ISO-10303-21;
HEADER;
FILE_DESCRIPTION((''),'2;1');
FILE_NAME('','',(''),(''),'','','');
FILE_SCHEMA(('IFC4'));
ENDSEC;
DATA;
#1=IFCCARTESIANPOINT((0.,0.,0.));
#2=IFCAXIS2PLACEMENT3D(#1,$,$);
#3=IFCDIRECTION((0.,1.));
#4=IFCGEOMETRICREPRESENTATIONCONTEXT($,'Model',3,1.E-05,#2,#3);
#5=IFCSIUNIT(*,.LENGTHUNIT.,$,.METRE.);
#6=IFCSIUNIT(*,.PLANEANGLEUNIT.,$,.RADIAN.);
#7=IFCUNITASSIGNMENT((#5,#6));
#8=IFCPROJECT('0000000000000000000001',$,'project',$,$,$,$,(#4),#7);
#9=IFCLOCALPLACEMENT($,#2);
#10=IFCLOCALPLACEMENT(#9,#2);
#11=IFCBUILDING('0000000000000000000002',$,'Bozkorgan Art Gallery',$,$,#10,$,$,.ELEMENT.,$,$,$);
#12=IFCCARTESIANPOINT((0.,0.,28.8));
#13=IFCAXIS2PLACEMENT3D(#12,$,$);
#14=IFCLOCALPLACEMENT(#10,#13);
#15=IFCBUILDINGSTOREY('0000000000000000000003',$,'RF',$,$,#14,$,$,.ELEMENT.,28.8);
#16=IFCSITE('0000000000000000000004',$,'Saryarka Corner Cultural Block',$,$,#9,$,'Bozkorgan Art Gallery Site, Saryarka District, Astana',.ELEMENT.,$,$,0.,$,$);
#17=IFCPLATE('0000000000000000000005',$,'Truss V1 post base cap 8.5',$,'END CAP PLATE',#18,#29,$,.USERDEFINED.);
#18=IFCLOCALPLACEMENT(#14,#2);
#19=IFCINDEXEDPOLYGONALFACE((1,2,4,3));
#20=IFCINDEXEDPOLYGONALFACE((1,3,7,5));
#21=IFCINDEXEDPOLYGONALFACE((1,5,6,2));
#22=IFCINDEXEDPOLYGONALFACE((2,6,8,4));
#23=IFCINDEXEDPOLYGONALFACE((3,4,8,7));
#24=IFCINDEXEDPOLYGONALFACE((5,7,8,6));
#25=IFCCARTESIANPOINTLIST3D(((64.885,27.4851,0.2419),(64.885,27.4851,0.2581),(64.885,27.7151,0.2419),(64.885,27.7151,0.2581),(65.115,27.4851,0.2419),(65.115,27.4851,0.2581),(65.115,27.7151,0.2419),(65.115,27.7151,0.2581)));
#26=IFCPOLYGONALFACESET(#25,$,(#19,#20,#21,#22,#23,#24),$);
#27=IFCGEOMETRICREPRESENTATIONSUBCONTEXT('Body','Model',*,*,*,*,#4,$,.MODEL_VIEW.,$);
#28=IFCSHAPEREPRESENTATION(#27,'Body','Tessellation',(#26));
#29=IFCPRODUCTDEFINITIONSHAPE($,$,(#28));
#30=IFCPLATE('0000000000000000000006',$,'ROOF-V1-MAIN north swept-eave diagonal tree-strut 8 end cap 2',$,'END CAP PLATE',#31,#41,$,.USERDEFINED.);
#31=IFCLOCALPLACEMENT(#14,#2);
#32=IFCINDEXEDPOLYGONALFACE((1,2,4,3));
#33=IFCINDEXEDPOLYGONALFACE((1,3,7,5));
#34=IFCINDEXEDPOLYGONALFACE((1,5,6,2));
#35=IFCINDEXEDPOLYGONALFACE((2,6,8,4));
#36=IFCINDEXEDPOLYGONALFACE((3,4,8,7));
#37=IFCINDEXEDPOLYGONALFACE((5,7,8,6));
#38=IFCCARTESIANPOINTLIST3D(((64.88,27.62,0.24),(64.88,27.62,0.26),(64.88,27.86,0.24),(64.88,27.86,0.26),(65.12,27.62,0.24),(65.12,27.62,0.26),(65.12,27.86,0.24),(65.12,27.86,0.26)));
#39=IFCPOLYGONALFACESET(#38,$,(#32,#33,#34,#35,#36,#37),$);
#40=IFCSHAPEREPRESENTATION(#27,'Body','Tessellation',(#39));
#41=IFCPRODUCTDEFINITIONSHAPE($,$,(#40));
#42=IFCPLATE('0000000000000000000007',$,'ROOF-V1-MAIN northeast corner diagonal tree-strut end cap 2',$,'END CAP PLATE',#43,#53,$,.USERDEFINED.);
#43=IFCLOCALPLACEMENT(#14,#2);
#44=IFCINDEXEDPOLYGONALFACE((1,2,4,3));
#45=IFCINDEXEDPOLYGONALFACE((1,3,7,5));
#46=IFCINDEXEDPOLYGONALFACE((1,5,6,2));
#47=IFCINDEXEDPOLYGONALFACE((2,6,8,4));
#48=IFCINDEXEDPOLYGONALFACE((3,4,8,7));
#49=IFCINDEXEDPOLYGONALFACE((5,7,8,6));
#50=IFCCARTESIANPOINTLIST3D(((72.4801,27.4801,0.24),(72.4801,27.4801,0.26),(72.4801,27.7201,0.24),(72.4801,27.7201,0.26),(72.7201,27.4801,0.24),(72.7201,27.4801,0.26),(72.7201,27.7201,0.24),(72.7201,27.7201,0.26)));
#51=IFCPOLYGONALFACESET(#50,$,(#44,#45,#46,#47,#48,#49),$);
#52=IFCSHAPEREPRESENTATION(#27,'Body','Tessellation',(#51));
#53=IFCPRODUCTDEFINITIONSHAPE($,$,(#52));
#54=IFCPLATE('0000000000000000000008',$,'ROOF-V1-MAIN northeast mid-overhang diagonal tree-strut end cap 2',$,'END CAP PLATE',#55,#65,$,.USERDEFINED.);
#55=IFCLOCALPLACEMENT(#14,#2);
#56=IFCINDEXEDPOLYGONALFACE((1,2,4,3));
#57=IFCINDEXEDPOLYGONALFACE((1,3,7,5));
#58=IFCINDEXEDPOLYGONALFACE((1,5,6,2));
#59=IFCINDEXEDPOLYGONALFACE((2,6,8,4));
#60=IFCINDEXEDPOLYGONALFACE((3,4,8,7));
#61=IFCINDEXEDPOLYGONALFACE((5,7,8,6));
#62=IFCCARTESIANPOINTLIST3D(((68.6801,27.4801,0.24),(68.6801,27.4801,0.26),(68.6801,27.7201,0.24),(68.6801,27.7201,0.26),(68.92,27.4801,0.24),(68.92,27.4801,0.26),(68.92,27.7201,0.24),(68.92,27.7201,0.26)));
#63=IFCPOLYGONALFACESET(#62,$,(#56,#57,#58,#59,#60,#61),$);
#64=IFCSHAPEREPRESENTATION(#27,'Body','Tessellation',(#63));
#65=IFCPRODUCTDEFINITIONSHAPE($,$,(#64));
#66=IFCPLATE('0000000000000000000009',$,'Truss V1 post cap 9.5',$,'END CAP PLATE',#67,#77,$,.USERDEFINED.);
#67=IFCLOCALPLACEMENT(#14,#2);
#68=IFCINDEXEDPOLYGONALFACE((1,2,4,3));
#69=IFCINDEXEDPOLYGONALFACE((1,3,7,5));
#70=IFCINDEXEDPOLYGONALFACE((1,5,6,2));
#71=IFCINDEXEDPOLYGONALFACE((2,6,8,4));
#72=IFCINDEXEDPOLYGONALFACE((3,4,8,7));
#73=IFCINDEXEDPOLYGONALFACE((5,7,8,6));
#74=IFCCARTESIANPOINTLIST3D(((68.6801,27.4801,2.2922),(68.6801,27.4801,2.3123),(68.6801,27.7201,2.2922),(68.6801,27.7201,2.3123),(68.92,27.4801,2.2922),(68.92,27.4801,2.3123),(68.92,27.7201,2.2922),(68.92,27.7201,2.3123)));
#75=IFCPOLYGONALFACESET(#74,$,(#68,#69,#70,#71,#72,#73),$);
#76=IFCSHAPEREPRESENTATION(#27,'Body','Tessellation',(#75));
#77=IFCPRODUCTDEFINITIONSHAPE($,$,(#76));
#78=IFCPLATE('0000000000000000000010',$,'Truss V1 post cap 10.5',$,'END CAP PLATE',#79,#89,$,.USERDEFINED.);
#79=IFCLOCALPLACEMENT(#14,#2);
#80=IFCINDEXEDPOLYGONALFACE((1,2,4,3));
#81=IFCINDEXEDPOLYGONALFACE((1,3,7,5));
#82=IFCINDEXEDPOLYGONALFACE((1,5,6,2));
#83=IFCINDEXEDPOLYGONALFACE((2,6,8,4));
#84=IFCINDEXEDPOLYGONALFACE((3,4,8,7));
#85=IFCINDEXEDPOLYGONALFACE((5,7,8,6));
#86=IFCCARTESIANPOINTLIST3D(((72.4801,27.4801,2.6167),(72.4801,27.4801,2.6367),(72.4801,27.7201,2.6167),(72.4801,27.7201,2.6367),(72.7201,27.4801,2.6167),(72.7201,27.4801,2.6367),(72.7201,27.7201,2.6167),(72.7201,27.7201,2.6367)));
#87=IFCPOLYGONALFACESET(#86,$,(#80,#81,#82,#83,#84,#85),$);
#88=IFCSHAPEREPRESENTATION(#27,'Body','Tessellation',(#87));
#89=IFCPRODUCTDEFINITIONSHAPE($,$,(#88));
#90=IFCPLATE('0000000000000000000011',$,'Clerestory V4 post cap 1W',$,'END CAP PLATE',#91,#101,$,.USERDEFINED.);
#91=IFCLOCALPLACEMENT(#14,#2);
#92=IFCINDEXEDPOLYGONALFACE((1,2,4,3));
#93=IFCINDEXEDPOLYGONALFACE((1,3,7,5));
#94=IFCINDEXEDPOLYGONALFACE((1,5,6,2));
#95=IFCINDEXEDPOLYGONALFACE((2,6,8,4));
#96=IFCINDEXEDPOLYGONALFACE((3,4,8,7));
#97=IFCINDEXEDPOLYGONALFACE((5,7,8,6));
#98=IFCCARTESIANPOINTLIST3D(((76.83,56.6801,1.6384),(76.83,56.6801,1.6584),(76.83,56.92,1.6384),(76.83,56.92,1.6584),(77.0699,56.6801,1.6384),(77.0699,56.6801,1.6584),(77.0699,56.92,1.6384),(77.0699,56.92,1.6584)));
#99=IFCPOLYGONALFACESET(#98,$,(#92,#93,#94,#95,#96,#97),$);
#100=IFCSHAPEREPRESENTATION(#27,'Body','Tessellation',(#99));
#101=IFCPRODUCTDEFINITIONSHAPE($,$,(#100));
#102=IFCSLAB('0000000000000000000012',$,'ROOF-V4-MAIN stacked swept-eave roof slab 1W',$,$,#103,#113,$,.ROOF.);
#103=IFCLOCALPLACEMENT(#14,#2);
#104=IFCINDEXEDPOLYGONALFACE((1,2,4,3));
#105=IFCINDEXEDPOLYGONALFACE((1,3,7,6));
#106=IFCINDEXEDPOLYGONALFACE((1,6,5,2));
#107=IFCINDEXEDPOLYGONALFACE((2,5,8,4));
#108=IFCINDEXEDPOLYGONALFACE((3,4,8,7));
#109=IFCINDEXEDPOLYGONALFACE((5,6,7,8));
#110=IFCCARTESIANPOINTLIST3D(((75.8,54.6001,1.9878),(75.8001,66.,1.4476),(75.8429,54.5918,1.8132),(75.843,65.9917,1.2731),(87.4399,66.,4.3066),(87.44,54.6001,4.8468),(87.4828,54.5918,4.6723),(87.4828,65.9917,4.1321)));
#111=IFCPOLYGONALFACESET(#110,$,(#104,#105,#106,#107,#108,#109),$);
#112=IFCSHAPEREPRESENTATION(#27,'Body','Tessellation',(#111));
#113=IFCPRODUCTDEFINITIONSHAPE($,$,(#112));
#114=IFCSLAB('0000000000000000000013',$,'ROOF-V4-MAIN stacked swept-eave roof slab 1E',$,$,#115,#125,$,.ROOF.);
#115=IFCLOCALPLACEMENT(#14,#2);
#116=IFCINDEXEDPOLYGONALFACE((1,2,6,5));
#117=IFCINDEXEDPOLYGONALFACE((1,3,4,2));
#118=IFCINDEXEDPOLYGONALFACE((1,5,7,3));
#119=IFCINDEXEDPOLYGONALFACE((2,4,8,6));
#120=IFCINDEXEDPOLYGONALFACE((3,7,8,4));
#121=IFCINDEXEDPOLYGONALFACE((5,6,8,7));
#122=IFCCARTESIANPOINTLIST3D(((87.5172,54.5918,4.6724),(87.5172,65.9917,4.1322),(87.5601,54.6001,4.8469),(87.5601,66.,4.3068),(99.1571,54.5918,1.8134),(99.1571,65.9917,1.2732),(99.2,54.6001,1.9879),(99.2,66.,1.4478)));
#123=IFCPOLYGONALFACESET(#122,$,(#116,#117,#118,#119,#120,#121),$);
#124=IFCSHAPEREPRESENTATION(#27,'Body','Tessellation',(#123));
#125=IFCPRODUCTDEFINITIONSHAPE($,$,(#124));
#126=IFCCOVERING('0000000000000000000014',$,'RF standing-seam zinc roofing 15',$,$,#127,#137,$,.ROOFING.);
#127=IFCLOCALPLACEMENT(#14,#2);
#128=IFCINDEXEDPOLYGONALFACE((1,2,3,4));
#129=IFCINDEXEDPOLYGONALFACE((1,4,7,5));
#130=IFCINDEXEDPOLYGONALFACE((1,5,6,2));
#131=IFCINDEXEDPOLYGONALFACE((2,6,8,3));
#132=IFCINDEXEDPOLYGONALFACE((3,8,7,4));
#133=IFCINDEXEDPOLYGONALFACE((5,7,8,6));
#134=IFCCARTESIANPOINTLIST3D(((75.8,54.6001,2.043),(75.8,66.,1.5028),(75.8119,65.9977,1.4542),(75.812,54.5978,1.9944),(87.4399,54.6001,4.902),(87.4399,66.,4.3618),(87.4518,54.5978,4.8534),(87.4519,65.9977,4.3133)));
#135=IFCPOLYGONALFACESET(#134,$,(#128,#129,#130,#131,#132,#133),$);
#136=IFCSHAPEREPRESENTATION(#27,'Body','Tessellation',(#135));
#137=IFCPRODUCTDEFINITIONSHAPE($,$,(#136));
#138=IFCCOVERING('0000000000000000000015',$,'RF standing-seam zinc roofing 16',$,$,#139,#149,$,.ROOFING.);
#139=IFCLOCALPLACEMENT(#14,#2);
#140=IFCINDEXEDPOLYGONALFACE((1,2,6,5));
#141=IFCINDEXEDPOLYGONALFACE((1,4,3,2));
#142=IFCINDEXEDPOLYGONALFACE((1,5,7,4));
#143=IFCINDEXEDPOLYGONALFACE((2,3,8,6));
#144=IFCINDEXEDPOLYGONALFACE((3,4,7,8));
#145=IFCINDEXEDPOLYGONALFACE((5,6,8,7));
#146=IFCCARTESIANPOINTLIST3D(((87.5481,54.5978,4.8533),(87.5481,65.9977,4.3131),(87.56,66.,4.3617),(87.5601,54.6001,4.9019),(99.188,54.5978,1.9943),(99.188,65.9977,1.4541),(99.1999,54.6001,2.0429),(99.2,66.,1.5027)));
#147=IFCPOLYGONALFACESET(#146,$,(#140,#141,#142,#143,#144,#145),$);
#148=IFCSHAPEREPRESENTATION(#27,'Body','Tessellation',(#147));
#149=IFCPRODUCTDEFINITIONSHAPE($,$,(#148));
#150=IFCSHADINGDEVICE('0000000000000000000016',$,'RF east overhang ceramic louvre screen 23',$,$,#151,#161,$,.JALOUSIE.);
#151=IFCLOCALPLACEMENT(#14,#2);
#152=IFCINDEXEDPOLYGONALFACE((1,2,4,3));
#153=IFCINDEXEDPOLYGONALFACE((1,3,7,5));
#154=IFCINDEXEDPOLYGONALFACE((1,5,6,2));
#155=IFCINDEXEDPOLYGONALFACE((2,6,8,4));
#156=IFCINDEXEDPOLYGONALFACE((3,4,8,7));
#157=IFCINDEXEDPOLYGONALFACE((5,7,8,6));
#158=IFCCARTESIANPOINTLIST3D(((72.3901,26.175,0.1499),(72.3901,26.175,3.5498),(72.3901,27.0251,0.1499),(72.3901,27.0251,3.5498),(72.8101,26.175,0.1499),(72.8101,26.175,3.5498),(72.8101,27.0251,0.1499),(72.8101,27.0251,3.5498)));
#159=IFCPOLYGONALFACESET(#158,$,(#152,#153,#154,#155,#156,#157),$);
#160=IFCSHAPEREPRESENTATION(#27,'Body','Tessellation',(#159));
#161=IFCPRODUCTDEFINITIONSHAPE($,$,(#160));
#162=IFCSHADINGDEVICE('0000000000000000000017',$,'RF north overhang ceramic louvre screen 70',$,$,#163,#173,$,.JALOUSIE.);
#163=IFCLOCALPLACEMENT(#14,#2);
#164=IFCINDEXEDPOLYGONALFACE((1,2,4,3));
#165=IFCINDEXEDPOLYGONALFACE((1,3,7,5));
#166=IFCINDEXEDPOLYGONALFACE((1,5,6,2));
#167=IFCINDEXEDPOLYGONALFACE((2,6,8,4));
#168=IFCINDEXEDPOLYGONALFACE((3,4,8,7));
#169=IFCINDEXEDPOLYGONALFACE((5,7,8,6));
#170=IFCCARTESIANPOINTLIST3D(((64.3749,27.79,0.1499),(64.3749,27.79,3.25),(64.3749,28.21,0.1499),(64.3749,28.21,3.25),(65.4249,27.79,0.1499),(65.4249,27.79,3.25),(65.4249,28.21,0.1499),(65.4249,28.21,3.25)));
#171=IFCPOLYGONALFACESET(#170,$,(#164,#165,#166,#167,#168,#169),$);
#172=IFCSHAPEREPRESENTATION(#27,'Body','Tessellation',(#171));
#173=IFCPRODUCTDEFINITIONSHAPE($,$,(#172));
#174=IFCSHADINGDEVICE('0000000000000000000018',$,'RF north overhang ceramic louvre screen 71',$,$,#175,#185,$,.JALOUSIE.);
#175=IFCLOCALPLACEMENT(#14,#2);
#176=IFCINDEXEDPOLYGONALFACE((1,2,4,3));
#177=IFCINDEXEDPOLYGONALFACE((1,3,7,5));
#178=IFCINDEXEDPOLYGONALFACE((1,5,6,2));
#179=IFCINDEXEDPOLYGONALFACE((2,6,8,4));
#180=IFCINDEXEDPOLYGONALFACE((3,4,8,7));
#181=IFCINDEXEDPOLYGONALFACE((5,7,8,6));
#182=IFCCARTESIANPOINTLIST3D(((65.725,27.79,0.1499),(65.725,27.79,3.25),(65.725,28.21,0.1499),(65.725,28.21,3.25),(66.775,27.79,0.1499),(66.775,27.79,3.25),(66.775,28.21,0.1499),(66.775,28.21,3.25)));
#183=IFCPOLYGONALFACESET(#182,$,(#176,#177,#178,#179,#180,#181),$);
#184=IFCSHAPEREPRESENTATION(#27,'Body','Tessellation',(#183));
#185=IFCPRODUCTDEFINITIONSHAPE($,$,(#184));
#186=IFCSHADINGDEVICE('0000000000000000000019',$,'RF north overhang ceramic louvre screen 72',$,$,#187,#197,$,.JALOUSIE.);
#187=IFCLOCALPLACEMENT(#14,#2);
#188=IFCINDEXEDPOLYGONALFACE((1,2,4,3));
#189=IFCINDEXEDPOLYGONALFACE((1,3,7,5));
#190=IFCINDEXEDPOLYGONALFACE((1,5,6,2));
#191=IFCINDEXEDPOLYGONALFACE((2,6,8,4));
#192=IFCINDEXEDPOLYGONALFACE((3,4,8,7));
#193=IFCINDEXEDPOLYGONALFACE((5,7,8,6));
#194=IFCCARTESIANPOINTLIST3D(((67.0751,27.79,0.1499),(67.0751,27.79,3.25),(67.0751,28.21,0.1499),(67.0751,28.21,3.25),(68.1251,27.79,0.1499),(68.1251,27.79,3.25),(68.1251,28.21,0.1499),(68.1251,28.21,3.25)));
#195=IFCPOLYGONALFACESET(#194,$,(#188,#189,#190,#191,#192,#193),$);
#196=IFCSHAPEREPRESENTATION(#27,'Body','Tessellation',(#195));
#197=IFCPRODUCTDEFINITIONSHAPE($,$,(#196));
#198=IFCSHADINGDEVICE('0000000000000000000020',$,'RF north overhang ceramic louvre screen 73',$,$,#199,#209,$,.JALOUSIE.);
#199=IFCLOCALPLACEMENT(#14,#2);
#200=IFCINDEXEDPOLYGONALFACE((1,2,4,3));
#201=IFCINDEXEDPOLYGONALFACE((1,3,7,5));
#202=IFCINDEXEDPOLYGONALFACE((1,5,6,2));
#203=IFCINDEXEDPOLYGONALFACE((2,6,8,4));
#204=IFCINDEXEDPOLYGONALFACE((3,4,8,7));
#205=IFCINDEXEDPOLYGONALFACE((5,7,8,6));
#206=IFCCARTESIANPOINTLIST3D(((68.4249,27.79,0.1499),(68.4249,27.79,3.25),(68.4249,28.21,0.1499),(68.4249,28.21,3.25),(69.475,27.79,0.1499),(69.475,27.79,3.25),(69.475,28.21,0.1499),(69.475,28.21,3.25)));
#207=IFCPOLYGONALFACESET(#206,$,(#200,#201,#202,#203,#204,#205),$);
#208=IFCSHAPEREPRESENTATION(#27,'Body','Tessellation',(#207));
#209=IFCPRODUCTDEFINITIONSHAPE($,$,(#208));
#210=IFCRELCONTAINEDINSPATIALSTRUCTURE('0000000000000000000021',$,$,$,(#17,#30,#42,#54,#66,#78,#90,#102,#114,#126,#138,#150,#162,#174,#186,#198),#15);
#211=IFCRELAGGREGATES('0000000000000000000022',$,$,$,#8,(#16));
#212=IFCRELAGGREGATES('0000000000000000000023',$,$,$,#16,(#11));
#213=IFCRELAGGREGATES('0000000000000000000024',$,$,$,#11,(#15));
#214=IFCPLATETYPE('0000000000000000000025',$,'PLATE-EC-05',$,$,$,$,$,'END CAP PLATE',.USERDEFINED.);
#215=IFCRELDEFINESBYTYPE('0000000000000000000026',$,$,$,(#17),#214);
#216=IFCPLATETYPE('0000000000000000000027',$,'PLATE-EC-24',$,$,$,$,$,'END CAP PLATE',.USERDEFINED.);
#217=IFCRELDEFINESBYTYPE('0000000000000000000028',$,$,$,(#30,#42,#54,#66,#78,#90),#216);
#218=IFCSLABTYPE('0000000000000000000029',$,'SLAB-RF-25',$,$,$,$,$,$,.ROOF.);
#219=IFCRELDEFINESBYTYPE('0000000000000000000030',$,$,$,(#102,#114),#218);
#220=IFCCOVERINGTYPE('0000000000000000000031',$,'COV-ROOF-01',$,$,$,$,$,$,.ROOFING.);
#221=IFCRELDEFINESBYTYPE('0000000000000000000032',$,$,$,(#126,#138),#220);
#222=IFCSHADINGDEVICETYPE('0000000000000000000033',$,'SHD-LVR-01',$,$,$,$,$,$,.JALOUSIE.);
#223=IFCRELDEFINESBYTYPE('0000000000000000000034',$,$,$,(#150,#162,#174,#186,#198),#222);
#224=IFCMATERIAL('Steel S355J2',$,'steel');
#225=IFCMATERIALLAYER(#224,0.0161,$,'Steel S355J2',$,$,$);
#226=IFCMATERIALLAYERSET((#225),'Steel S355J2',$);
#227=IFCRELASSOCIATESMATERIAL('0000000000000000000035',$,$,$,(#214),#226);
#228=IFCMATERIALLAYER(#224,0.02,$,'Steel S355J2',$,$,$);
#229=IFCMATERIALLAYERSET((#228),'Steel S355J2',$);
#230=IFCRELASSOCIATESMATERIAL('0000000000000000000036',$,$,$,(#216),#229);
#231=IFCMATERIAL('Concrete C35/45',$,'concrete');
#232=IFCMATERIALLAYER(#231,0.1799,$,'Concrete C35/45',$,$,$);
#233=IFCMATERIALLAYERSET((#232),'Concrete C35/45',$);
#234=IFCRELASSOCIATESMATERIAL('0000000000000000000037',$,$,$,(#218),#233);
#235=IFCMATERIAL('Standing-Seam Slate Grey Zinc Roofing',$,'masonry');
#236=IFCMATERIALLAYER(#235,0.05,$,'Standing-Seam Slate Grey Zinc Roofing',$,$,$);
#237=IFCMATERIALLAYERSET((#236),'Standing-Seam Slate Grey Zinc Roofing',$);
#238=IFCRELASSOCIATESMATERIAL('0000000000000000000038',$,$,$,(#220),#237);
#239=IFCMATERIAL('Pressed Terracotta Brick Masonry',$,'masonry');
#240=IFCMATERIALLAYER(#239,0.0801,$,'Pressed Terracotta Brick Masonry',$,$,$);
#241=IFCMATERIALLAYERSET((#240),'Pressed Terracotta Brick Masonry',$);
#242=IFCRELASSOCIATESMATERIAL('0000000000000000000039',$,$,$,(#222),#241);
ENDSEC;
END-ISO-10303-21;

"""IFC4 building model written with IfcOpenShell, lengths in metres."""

from ifc_helpers import new_model, si_unit, direction, frame, origin, origin_2d, place, context, subcontext, project, spatial, polyline, rectangle, outline, extrude, material, layer, layer_set, type_object, element, save


model = new_model("IFC4")

# Units and contexts
model_context = context("Model", 3, precision=1e-05, world=origin(), true_north=direction((0.0, 1.0)))
body_context = subcontext(model_context, "Body", "Model", "MODEL_VIEW")
ifc_project = project(units=[si_unit("LENGTHUNIT", "METRE"), si_unit("PLANEANGLEUNIT", "RADIAN")], contexts=[model_context])

# Site, building, storey
site_placement = place(None, origin())
site = spatial("IfcSite", under=ifc_project, at=site_placement, Name="Saryarka Corner Cultural Block", LongName="Bozkorgan Art Gallery Site, Saryarka District, Astana", CompositionType="ELEMENT", RefElevation=0.0)
building_placement = place(site_placement, origin())
building = spatial("IfcBuilding", under=site, at=building_placement, Name="Bozkorgan Art Gallery", CompositionType="ELEMENT")
storey_placement = place(building_placement, frame((0.0, 0.0, 28.8)))
storey = spatial("IfcBuildingStorey", under=building, at=storey_placement, Name="RF", CompositionType="ELEMENT", Elevation=28.8)

# Shared definitions
ifc_material_1 = material(Name="Steel S355J2", Category="steel")

# Plates
ifc_layer_1 = layer(ifc_material_1, 0.0161, Name="Steel S355J2")
ifc_layer_set_1 = layer_set([ifc_layer_1], Name="Steel S355J2")
plate_type_1 = type_object("IfcPlateType", Name="PLATE-EC-05", ElementType="END CAP PLATE", PredefinedType="USERDEFINED", material=ifc_layer_set_1)
for number, where, z_axis, x_axis, name in (
    (1, (65.0, 27.6001, 0.2419), (0.0, 0.0, 1.0), (1.0, 0.0, 0.0), "Truss V1 post base cap 8.5"),
):
    element("IfcPlate", number, at=place(storey_placement, frame(where, z_axis=z_axis, x_axis=x_axis)), inside=storey, type_object=plate_type_1, Name=name, ObjectType="END CAP PLATE", PredefinedType="USERDEFINED", context=body_context, shape_type="SweptSolid", body=[
        extrude(rectangle(XDim=0.23, YDim=0.23, at=origin_2d()), origin(), (0.0, 0.0, 1.0), 0.0161),
    ])
ifc_layer_2 = layer(ifc_material_1, 0.02, Name="Steel S355J2")
ifc_layer_set_2 = layer_set([ifc_layer_2], Name="Steel S355J2")
plate_type_2 = type_object("IfcPlateType", Name="PLATE-EC-24", ElementType="END CAP PLATE", PredefinedType="USERDEFINED", material=ifc_layer_set_2)
for number, where, z_axis, x_axis, name in (
    (2, (65.0, 27.74, 0.24), (0.0, 0.0, 1.0), (1.0, 0.0, 0.0), "ROOF-V1-MAIN north swept-eave diagonal tree-strut 8 end cap 2"),
    (3, (72.6001, 27.6001, 0.24), (0.0, 0.0, 1.0), (1.0, 0.0, 0.0), "ROOF-V1-MAIN northeast corner diagonal tree-strut end cap 2"),
    (4, (68.8, 27.6001, 0.24), (0.0, 0.0, 1.0), (1.0, 0.0, 0.0), "ROOF-V1-MAIN northeast mid-overhang diagonal tree-strut end cap 2"),
    (5, (68.8, 27.6001, 2.2922), (0.0, 0.0, 1.0), (1.0, 0.0, 0.0), "Truss V1 post cap 9.5"),
    (6, (72.6001, 27.6001, 2.6167), (0.0, 0.0, 1.0), (1.0, 0.0, 0.0), "Truss V1 post cap 10.5"),
    (7, (76.95, 56.8, 1.6384), (0.0, 0.0, 1.0), (1.0, 0.0, 0.0), "Clerestory V4 post cap 1W"),
):
    element("IfcPlate", number, at=place(storey_placement, frame(where, z_axis=z_axis, x_axis=x_axis)), inside=storey, type_object=plate_type_2, Name=name, ObjectType="END CAP PLATE", PredefinedType="USERDEFINED", context=body_context, shape_type="SweptSolid", body=[
        extrude(rectangle(XDim=0.24, YDim=0.24, at=origin_2d()), origin(), (0.0, 0.0, 1.0), 0.02),
    ])

# Slabs
ifc_material_2 = material(Name="Concrete C35/45", Category="concrete")
ifc_layer_3 = layer(ifc_material_2, 0.1799, Name="Concrete C35/45")
ifc_layer_set_3 = layer_set([ifc_layer_3], Name="Concrete C35/45")
slab_type = type_object("IfcSlabType", Name="SLAB-RF-25", PredefinedType="ROOF", material=ifc_layer_set_3)
slab_1_placement = place(storey_placement, frame((75.8, 54.6001, 1.9878), z_axis=(-0.23828, 0.045967, 0.970108), x_axis=(0.971135, 0.0, 0.238532)))
element("IfcSlab", 8, at=slab_1_placement, inside=storey, type_object=slab_type, Name="ROOF-V4-MAIN stacked swept-eave roof slab 1W", PredefinedType="ROOF", context=body_context, shape_type="SweptSolid", body=[
    extrude(outline(polyline([(0.0, 0.0), (11.9859, 0.0), (11.857, 11.412), (-0.1288, 11.412), (0.0, 0.0)])), origin(), (0.0, 0.0, -1.0), 0.1799),
])
slab_2_placement = place(storey_placement, frame((87.5601, 54.6001, 4.8469), z_axis=(0.23828, 0.045967, 0.970108), x_axis=(0.971135, 0.0, -0.238532)))
element("IfcSlab", 9, at=slab_2_placement, inside=storey, type_object=slab_type, Name="ROOF-V4-MAIN stacked swept-eave roof slab 1E", PredefinedType="ROOF", context=body_context, shape_type="SweptSolid", body=[
    extrude(outline(polyline([(0.0, 0.0), (11.9859, 0.0), (12.1147, 11.412), (0.1289, 11.412), (0.0, 0.0)])), origin(), (0.0, 0.0, -1.0), 0.1799),
])

# Coverings
ifc_material_3 = material(Name="Standing-Seam Slate Grey Zinc Roofing", Category="masonry")
ifc_layer_4 = layer(ifc_material_3, 0.05, Name="Standing-Seam Slate Grey Zinc Roofing")
ifc_layer_set_4 = layer_set([ifc_layer_4], Name="Standing-Seam Slate Grey Zinc Roofing")
covering_type = type_object("IfcCoveringType", Name="COV-ROOF-01", PredefinedType="ROOFING", material=ifc_layer_set_4)
covering_1_placement = place(storey_placement, frame((75.8, 54.6001, 2.043), z_axis=(-0.23828, 0.045967, 0.970108), x_axis=(0.971135, 0.0, 0.238532)))
element("IfcCovering", 10, at=covering_1_placement, inside=storey, type_object=covering_type, Name="RF standing-seam zinc roofing 15", PredefinedType="ROOFING", context=body_context, shape_type="SweptSolid", body=[
    extrude(outline(polyline([(0.0, 0.0), (11.9858, 0.0), (11.857, 11.412), (-0.1289, 11.412), (0.0, 0.0)])), origin(), (0.0, 0.0, -1.0), 0.05),
])
covering_2_placement = place(storey_placement, frame((87.5601, 54.6001, 4.9019), z_axis=(0.23828, 0.045967, 0.970108), x_axis=(0.971135, 0.0, -0.238532)))
element("IfcCovering", 11, at=covering_2_placement, inside=storey, type_object=covering_type, Name="RF standing-seam zinc roofing 16", PredefinedType="ROOFING", context=body_context, shape_type="SweptSolid", body=[
    extrude(outline(polyline([(0.0, 0.0), (11.9858, 0.0), (12.1147, 11.412), (0.1288, 11.412), (0.0, 0.0)])), origin(), (0.0, 0.0, -1.0), 0.05),
])

# Shading devices
ifc_material_4 = material(Name="Pressed Terracotta Brick Masonry", Category="masonry")
ifc_layer_5 = layer(ifc_material_4, 0.0801, Name="Pressed Terracotta Brick Masonry")
ifc_layer_set_5 = layer_set([ifc_layer_5], Name="Pressed Terracotta Brick Masonry")
shading_device_type = type_object("IfcShadingDeviceType", Name="SHD-LVR-01", PredefinedType="JALOUSIE", material=ifc_layer_set_5)
shading_device_placement = place(storey_placement, frame((72.6001, 26.6001, 0.1499), z_axis=(0.0, 0.0, 1.0), x_axis=(1.0, 0.0, 0.0)))
element("IfcShadingDevice", 12, at=shading_device_placement, inside=storey, type_object=shading_device_type, Name="RF east overhang ceramic louvre screen 23", PredefinedType="JALOUSIE", context=body_context, shape_type="SweptSolid", body=[
    extrude(rectangle(XDim=0.4199, YDim=0.8501, at=origin_2d()), origin(), (0.0, 0.0, 1.0), 3.3999),
])
for number, where, z_axis, x_axis, name in (
    (13, (64.8999, 28.0, 0.1499), (0.0, 0.0, 1.0), (1.0, 0.0, 0.0), "RF north overhang ceramic louvre screen 70"),
    (14, (66.25, 28.0, 0.1499), (0.0, 0.0, 1.0), (1.0, 0.0, 0.0), "RF north overhang ceramic louvre screen 71"),
    (15, (67.6001, 28.0, 0.1499), (0.0, 0.0, 1.0), (1.0, 0.0, 0.0), "RF north overhang ceramic louvre screen 72"),
    (16, (68.95, 28.0, 0.1499), (0.0, 0.0, 1.0), (1.0, 0.0, 0.0), "RF north overhang ceramic louvre screen 73"),
):
    element("IfcShadingDevice", number, at=place(storey_placement, frame(where, z_axis=z_axis, x_axis=x_axis)), inside=storey, type_object=shading_device_type, Name=name, PredefinedType="JALOUSIE", context=body_context, shape_type="SweptSolid", body=[
        extrude(rectangle(XDim=1.05, YDim=0.4199, at=origin_2d()), origin(), (0.0, 0.0, 1.0), 3.1001),
    ])

save(model, "model.ifc")
